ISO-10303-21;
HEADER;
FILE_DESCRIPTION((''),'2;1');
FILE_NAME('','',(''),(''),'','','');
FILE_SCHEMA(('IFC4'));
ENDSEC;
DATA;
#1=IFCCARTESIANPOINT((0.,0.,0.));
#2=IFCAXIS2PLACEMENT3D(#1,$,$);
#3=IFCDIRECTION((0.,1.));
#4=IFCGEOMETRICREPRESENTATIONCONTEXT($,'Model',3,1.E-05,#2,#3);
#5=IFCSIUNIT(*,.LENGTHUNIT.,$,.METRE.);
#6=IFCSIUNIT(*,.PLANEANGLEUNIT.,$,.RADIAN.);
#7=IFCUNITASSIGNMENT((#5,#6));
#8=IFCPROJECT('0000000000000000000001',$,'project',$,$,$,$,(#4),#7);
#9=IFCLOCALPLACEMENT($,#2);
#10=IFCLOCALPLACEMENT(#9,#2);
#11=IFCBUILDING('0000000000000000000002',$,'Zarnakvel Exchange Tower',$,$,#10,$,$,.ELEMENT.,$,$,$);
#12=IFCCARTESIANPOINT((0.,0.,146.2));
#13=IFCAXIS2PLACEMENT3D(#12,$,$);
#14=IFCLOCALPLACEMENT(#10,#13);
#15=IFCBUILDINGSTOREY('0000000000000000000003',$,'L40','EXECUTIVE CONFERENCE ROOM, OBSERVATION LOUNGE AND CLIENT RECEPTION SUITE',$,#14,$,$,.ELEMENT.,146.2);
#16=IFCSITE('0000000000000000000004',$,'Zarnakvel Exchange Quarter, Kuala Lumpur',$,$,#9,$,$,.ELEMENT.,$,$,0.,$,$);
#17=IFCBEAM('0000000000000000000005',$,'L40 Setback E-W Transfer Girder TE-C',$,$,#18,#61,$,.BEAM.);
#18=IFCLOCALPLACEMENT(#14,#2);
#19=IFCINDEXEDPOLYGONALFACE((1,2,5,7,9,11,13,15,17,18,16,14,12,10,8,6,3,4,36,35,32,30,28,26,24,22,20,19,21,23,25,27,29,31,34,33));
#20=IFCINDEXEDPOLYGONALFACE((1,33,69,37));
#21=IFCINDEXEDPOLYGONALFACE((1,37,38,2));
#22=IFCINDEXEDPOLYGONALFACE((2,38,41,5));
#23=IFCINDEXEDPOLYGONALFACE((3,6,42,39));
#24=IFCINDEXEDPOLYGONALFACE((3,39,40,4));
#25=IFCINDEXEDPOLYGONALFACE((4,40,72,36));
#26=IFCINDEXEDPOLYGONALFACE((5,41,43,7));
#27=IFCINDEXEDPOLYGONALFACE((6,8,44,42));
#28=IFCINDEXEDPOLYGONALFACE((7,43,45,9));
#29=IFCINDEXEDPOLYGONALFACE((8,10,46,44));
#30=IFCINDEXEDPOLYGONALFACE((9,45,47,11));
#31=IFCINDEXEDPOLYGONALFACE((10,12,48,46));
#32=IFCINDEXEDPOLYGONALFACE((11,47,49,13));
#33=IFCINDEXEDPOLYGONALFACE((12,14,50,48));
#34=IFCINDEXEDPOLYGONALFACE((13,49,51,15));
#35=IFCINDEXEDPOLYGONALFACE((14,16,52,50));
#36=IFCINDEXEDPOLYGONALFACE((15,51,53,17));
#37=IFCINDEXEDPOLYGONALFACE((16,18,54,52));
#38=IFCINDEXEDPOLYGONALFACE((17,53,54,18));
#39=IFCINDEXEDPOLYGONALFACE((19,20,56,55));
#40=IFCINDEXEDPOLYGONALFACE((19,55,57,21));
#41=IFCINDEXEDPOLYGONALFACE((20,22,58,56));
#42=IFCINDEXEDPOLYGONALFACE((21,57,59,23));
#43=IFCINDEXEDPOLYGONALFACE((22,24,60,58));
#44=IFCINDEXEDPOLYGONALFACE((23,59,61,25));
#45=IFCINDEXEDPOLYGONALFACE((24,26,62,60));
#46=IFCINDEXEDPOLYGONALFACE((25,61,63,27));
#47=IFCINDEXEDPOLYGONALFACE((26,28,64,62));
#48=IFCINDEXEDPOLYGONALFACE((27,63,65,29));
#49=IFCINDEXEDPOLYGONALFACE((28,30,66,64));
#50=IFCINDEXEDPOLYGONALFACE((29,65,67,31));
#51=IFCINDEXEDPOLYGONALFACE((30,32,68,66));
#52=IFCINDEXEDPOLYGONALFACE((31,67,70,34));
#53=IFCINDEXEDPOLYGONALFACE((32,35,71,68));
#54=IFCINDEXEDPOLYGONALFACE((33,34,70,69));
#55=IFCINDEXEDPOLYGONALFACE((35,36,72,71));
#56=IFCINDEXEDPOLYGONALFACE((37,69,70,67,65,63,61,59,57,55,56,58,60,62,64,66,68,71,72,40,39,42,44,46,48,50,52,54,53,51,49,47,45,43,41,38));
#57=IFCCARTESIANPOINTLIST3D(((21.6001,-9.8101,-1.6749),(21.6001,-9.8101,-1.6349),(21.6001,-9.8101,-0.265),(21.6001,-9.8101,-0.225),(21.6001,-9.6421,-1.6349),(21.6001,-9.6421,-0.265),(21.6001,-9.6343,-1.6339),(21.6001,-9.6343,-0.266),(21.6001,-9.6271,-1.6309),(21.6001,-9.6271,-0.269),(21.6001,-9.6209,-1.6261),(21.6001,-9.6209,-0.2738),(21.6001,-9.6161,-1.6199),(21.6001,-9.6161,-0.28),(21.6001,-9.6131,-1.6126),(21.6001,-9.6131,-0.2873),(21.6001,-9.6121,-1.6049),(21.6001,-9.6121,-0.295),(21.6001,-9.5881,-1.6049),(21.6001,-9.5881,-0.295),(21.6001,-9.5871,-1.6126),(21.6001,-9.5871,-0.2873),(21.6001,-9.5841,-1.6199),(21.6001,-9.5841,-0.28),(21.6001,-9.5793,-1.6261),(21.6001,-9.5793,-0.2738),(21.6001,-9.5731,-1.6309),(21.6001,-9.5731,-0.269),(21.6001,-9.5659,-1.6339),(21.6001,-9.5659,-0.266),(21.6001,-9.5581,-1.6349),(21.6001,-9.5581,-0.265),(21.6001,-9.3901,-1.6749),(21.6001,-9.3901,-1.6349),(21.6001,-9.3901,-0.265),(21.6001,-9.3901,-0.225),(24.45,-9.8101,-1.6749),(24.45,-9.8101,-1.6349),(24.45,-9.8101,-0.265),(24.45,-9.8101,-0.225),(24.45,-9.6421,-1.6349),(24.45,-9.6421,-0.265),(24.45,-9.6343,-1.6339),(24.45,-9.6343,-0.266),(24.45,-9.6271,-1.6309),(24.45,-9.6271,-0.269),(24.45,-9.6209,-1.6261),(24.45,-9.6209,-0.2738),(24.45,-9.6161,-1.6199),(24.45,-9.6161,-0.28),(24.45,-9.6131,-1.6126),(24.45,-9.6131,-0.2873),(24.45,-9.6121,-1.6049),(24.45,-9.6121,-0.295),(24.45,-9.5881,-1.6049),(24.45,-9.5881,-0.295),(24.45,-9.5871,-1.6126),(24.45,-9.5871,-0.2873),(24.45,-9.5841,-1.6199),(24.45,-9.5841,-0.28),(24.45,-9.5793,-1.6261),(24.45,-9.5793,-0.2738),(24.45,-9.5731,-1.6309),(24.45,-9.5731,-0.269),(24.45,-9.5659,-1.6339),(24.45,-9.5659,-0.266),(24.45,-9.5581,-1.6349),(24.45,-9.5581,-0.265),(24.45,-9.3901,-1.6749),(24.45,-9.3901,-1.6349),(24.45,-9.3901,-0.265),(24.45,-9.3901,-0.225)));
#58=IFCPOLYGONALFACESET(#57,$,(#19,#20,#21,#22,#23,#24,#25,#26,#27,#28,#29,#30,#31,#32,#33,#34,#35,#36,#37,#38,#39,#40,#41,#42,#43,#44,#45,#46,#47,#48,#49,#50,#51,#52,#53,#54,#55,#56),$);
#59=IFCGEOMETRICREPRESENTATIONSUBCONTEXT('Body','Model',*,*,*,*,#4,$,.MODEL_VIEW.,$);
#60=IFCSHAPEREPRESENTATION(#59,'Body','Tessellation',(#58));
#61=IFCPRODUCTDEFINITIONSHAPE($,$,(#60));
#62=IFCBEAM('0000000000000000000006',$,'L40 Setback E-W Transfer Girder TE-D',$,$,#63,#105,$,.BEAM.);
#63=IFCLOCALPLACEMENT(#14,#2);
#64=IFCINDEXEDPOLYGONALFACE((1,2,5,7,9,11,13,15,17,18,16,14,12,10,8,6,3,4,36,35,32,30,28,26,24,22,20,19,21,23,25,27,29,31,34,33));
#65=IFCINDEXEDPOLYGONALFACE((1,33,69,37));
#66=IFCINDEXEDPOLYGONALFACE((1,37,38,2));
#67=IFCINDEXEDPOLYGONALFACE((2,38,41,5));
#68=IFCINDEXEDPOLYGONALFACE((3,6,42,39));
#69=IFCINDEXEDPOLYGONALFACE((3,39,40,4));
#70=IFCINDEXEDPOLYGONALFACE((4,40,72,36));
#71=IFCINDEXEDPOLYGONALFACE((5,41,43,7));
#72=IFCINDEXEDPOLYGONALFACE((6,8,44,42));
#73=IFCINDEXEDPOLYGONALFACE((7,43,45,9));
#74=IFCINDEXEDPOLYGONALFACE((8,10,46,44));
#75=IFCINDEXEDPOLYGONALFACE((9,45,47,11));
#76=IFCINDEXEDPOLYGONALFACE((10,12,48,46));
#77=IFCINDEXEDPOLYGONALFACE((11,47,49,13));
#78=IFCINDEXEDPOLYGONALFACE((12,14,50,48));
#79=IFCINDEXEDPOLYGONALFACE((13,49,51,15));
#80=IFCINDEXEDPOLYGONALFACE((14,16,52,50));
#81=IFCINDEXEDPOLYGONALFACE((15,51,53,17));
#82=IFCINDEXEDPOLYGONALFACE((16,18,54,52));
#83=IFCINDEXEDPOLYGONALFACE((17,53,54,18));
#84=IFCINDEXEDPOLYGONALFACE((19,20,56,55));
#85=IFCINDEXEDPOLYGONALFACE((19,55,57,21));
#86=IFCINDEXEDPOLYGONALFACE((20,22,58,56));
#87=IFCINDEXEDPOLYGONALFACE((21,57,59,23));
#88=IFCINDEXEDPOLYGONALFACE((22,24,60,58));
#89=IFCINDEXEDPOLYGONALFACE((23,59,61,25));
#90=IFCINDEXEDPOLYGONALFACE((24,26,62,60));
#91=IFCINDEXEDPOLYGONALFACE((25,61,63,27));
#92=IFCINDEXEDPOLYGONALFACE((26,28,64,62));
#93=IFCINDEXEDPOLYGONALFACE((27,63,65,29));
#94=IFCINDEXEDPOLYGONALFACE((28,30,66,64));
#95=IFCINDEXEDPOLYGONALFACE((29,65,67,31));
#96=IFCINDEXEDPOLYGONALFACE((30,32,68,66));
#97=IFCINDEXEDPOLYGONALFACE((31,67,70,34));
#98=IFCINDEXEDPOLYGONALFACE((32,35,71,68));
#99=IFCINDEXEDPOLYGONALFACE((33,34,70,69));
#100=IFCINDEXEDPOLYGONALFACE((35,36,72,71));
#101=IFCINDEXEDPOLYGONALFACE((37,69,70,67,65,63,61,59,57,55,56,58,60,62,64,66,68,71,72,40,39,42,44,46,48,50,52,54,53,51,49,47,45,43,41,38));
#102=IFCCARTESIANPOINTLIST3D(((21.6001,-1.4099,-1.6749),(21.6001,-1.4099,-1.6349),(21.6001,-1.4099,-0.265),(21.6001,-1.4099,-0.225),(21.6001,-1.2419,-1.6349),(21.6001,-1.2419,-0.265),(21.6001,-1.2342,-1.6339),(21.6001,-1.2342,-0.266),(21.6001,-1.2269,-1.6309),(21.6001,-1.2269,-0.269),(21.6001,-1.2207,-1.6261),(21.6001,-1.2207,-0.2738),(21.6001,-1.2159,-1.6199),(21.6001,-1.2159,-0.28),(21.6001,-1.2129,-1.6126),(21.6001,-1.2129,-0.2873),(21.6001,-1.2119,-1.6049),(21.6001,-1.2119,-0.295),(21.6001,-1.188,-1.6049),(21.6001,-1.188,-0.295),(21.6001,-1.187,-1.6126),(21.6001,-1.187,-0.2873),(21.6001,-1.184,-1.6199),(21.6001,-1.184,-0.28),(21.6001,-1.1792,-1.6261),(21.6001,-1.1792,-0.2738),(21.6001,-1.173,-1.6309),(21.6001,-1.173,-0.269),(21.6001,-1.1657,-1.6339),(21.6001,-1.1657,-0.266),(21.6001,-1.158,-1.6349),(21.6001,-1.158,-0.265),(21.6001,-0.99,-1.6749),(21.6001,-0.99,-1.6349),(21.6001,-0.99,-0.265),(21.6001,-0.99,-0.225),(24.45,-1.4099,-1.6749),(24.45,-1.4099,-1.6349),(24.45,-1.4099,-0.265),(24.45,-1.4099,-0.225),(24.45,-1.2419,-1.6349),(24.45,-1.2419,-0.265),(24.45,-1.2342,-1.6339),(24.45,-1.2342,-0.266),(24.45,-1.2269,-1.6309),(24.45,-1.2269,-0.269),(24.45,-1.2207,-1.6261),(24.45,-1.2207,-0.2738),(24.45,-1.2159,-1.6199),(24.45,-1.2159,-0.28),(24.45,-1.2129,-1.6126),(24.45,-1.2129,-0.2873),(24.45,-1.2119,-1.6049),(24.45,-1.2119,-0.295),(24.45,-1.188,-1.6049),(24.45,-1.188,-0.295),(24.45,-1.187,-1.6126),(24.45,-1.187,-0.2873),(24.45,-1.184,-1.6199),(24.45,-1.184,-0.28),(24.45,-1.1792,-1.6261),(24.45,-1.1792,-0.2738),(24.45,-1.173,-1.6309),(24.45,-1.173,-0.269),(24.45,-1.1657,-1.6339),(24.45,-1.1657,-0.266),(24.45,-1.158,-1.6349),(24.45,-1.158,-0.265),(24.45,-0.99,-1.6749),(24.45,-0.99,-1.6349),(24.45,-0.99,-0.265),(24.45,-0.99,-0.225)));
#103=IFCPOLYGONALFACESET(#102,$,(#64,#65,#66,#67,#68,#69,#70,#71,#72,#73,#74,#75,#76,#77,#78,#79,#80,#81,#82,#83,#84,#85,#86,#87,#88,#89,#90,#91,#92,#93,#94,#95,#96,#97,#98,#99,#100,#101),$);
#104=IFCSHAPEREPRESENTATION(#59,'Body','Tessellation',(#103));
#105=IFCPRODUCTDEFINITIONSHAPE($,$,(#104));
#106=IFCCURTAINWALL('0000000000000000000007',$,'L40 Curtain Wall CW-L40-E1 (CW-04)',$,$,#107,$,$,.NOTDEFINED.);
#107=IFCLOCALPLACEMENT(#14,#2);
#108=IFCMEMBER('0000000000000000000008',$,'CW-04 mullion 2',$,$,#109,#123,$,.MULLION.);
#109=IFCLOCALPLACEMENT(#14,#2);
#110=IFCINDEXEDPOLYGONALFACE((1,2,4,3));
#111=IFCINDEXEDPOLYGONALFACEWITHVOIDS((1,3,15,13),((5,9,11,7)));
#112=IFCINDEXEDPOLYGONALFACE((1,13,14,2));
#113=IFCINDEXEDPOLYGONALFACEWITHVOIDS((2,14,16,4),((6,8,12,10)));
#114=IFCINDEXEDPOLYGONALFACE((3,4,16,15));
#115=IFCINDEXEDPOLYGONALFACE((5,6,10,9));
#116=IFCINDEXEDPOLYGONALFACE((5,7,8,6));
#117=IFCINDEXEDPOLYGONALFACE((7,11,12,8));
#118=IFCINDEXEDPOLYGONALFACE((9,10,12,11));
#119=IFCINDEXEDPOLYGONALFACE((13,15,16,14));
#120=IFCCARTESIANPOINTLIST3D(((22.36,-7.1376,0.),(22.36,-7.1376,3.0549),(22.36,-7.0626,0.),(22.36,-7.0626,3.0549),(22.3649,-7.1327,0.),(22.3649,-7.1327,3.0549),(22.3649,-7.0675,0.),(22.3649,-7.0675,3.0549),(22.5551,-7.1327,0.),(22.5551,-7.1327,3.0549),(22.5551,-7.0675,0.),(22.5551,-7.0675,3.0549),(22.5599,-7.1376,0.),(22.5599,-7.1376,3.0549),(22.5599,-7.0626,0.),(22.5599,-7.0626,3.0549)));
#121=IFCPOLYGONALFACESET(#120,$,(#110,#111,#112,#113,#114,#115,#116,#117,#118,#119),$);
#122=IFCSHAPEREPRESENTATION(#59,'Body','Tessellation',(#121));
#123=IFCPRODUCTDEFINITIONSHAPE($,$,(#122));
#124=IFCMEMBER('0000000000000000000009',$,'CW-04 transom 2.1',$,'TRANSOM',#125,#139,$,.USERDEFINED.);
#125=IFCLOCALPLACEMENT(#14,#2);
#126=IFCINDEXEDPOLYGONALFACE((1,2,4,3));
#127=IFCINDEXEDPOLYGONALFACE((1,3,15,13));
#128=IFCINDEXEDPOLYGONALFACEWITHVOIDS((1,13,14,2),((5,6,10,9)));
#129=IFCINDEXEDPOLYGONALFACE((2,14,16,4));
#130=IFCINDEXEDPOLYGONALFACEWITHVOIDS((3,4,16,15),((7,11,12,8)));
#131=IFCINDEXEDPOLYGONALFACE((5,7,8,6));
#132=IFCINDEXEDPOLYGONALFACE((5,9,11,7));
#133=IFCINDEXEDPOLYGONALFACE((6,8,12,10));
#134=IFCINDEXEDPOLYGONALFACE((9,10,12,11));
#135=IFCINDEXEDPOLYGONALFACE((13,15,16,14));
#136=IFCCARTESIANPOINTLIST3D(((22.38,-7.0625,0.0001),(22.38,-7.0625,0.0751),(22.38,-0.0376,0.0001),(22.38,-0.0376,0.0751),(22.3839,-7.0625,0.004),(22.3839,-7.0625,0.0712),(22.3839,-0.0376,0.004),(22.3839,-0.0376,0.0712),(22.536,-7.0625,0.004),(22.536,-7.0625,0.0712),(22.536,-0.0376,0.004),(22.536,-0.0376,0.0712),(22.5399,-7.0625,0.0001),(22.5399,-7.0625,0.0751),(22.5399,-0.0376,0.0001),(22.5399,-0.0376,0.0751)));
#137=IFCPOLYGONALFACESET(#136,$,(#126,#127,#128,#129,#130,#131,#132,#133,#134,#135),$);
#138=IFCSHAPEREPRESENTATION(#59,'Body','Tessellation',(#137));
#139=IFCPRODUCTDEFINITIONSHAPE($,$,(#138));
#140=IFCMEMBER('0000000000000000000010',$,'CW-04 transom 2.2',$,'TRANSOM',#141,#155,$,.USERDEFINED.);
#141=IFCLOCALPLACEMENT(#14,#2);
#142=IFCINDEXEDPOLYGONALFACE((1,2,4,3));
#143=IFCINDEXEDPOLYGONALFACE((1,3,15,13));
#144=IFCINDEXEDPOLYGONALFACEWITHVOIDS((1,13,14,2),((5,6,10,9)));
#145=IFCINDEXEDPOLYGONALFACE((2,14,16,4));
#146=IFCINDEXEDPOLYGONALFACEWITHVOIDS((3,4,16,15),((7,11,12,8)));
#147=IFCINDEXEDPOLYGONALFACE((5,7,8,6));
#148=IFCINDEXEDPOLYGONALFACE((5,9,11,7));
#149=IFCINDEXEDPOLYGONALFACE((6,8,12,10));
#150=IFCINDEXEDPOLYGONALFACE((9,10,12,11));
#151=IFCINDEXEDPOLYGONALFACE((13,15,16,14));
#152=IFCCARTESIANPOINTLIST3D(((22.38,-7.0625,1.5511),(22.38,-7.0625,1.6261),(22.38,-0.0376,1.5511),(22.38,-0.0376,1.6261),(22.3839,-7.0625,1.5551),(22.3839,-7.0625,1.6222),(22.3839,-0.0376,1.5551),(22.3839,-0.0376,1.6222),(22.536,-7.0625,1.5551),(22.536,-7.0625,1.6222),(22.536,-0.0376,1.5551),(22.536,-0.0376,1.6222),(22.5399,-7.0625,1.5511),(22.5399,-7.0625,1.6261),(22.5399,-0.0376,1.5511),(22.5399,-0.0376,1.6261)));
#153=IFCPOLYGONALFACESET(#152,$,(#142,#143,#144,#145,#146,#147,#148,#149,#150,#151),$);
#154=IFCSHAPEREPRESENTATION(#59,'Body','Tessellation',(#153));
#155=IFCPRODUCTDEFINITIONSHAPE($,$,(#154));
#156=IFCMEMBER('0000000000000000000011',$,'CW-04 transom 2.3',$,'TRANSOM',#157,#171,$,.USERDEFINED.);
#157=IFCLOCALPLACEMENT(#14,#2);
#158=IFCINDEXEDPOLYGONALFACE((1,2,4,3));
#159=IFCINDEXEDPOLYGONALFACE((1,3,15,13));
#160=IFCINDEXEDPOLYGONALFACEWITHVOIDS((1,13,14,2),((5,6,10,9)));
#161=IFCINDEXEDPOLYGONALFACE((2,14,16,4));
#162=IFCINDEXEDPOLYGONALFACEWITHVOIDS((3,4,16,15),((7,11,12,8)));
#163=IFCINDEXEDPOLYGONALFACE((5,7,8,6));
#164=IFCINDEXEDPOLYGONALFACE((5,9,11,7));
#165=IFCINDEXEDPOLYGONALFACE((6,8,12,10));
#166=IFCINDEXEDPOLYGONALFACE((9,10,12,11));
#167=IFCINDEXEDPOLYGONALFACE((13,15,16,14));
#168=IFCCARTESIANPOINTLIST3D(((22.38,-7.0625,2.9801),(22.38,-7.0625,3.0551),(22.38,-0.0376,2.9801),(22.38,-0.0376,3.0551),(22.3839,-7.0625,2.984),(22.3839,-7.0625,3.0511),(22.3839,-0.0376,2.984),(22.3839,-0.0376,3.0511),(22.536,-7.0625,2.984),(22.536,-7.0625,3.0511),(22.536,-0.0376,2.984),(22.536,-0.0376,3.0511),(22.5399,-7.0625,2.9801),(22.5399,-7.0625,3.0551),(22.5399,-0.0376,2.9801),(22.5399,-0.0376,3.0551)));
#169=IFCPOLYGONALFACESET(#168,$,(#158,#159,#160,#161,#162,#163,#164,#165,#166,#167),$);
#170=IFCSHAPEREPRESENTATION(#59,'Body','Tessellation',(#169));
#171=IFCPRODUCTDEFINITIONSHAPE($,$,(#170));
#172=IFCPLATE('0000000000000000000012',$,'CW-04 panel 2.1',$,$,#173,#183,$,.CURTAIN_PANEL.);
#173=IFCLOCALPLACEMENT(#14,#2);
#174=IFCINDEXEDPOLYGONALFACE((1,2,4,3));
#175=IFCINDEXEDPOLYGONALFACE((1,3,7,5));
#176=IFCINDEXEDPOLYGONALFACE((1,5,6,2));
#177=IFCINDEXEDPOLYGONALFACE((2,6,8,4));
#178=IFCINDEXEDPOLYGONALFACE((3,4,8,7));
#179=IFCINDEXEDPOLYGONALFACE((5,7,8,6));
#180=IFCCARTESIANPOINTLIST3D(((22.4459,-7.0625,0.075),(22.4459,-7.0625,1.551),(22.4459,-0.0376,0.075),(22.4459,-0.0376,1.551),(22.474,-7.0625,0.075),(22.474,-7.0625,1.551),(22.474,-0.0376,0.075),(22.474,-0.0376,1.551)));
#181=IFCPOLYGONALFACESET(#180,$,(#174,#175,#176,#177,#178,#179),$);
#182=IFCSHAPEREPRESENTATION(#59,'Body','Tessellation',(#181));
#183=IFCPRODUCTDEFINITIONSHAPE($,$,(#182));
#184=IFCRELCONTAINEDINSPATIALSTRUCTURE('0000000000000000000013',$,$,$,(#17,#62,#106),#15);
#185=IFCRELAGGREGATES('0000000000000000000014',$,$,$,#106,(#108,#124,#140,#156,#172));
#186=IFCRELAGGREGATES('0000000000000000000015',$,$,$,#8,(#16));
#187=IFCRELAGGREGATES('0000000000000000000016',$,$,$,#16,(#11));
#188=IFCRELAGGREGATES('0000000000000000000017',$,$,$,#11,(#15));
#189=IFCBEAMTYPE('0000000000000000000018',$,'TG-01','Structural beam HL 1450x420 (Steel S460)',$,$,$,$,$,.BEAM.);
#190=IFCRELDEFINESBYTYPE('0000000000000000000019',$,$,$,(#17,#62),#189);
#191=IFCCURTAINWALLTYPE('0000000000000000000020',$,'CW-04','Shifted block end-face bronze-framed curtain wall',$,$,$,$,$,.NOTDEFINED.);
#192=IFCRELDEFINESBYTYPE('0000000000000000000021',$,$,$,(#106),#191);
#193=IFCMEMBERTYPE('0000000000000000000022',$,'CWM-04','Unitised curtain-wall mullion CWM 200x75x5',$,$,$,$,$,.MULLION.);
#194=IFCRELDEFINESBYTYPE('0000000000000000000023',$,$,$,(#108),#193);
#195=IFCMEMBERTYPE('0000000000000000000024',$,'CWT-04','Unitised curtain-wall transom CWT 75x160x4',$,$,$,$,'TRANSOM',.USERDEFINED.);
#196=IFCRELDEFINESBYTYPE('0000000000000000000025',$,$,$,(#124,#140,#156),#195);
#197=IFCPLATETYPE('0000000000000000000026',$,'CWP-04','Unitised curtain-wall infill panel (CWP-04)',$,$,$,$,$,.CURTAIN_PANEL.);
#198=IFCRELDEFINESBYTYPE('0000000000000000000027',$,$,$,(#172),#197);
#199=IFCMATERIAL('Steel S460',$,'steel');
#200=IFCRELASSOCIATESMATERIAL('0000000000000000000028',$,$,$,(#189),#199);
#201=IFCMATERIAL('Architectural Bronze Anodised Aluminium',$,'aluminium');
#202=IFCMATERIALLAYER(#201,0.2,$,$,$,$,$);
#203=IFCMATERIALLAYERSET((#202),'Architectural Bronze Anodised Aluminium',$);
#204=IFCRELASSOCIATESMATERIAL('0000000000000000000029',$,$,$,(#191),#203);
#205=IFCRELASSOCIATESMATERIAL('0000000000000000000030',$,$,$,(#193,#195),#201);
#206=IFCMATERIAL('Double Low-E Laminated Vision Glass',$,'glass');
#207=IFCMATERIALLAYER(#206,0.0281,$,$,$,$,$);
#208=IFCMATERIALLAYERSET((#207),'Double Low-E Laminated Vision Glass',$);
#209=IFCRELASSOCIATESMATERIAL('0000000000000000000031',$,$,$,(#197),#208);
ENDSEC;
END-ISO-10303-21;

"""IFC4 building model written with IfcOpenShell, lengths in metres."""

from ifc_helpers import new_model, si_unit, direction, frame, origin, origin_2d, place, context, subcontext, project, spatial, rectangle, hollow_rectangle, i_section, extrude, source, transform, mapped, material, layer, layer_set, material_profile, profile_set, type_object, element, aggregate, save


model = new_model("IFC4")

# Units and contexts
model_context = context("Model", 3, precision=1e-05, world=origin(), true_north=direction((0.0, 1.0)))
body_context = subcontext(model_context, "Body", "Model", "MODEL_VIEW")
ifc_project = project(units=[si_unit("LENGTHUNIT", "METRE"), si_unit("PLANEANGLEUNIT", "RADIAN")], contexts=[model_context])

# Site, building, storey
site_placement = place(None, origin())
site = spatial("IfcSite", under=ifc_project, at=site_placement, Name="Zarnakvel Exchange Quarter, Kuala Lumpur", CompositionType="ELEMENT", RefElevation=0.0)
building_placement = place(site_placement, origin())
building = spatial("IfcBuilding", under=site, at=building_placement, Name="Zarnakvel Exchange Tower", CompositionType="ELEMENT")
storey_placement = place(building_placement, frame((0.0, 0.0, 146.2)))
storey = spatial("IfcBuildingStorey", under=building, at=storey_placement, Name="L40", Description="EXECUTIVE CONFERENCE ROOM, OBSERVATION LOUNGE AND CLIENT RECEPTION SUITE", CompositionType="ELEMENT", Elevation=146.2)

# Beams
ifc_material_1 = material(Name="Steel S460", Category="steel")
ifc_material_profile_1 = material_profile(ifc_material_1, i_section(OverallWidth=0.4199, OverallDepth=1.45, WebThickness=0.0239, FlangeThickness=0.04, FilletRadius=0.03, at=origin_2d()))
ifc_profile_set_1 = profile_set([ifc_material_profile_1], Name="Steel S460")
beam_type_1 = type_object("IfcBeamType", Name="TG-01", Description="Structural beam HL 1450x420 (Steel S460)", PredefinedType="BEAM", material=ifc_profile_set_1)
for number, where, z_axis, x_axis, name in (
    (1, (21.6001, -9.6001, -0.95), (1.0, 0.0, 0.0), (0.0, 1.0, 0.0), "L40 Setback E-W Transfer Girder TE-C"),
    (2, (21.6001, -1.2, -0.95), (1.0, 0.0, 0.0), (0.0, 1.0, 0.0), "L40 Setback E-W Transfer Girder TE-D"),
):
    element("IfcBeam", number, at=place(storey_placement, frame(where, z_axis=z_axis, x_axis=x_axis)), inside=storey, type_object=beam_type_1, Name=name, PredefinedType="BEAM", context=body_context, shape_type="SweptSolid", body=[
        extrude(i_section(OverallWidth=0.4199, OverallDepth=1.45, WebThickness=0.0239, FlangeThickness=0.04, FilletRadius=0.03, at=origin_2d()), origin(), (0.0, 0.0, 1.0), 2.8499),
    ])

# Curtain wall, members, plate
ifc_material_2 = material(Name="Architectural Bronze Anodised Aluminium", Category="aluminium")
ifc_layer_1 = layer(ifc_material_2, 0.2)
ifc_layer_set_1 = layer_set([ifc_layer_1], Name="Architectural Bronze Anodised Aluminium")
curtain_wall_type = type_object("IfcCurtainWallType", Name="CW-04", Description="Shifted block end-face bronze-framed curtain wall", PredefinedType="NOTDEFINED", material=ifc_layer_set_1)
curtain_wall_placement = place(storey_placement, origin())
curtain_wall = element("IfcCurtainWall", 3, at=curtain_wall_placement, inside=storey, type_object=curtain_wall_type, Name="L40 Curtain Wall CW-L40-E1 (CW-04)", PredefinedType="NOTDEFINED")
ifc_material_profile_2 = material_profile(ifc_material_2, hollow_rectangle(XDim=0.2, YDim=0.075, WallThickness=0.0049, at=origin_2d()))
ifc_profile_set_2 = profile_set([ifc_material_profile_2], Name="Architectural Bronze Anodised Aluminium")
member_type_1 = type_object("IfcMemberType", Name="CWM-04", Description="Unitised curtain-wall mullion CWM 200x75x5", PredefinedType="MULLION", material=ifc_profile_set_2)
shared_shape_1 = source(origin(), body_context, "Body", "SweptSolid", [
    extrude(hollow_rectangle(XDim=0.2, YDim=0.075, WallThickness=0.0049, at=origin_2d()), origin(), (0.0, 0.0, 1.0), 3.0549),
])
member_1_placement = place(storey_placement, frame((22.46, -7.1001, 0.0), z_axis=(0.0, 0.0, 1.0), x_axis=(-1.0, 0.0, 0.0)))
member_1 = element("IfcMember", 4, at=member_1_placement, type_object=member_type_1, Name="CW-04 mullion 2", PredefinedType="MULLION", context=body_context, shape_type="MappedRepresentation", body=[
    mapped(shared_shape_1, transform((0.0, 0.0, 0.0), x_axis=(1.0, 0.0, 0.0), y_axis=(0.0, 1.0, 0.0), z_axis=(0.0, 0.0, 1.0), scale=1.0)),
])
ifc_material_profile_3 = material_profile(ifc_material_2, hollow_rectangle(XDim=0.1599, YDim=0.075, WallThickness=0.0039, at=origin_2d()))
ifc_profile_set_3 = profile_set([ifc_material_profile_3], Name="Architectural Bronze Anodised Aluminium")
member_type_2 = type_object("IfcMemberType", Name="CWT-04", Description="Unitised curtain-wall transom CWT 75x160x4", ElementType="TRANSOM", PredefinedType="USERDEFINED", material=ifc_profile_set_3)
shared_shape_2 = source(origin(), body_context, "Body", "SweptSolid", [
    extrude(hollow_rectangle(XDim=0.1599, YDim=0.075, WallThickness=0.0039, at=origin_2d()), origin(), (0.0, 0.0, 1.0), 7.0249),
])
member_2_placement = place(storey_placement, frame((22.46, -7.0625, 0.0376), z_axis=(0.0, 1.0, 0.0), x_axis=(-1.0, 0.0, 0.0)))
member_2 = element("IfcMember", 5, at=member_2_placement, type_object=member_type_2, Name="CW-04 transom 2.1", ObjectType="TRANSOM", PredefinedType="USERDEFINED", context=body_context, shape_type="MappedRepresentation", body=[
    mapped(shared_shape_2, transform((0.0, 0.0, 0.0), x_axis=(1.0, 0.0, 0.0), y_axis=(0.0, 1.0, 0.0), z_axis=(0.0, 0.0, 1.0), scale=1.0)),
])
member_3_placement = place(storey_placement, frame((22.46, -7.0625, 1.5886), z_axis=(0.0, 1.0, 0.0), x_axis=(-1.0, 0.0, 0.0)))
member_3 = element("IfcMember", 6, at=member_3_placement, type_object=member_type_2, Name="CW-04 transom 2.2", ObjectType="TRANSOM", PredefinedType="USERDEFINED", context=body_context, shape_type="MappedRepresentation", body=[
    mapped(shared_shape_2, transform((0.0, 0.0, 0.0), x_axis=(1.0, 0.0, 0.0), y_axis=(0.0, 1.0, 0.0), z_axis=(0.0, 0.0, 1.0), scale=1.0)),
])
member_4_placement = place(storey_placement, frame((22.46, -7.0625, 3.0176), z_axis=(0.0, 1.0, 0.0), x_axis=(-1.0, 0.0, 0.0)))
member_4 = element("IfcMember", 7, at=member_4_placement, type_object=member_type_2, Name="CW-04 transom 2.3", ObjectType="TRANSOM", PredefinedType="USERDEFINED", context=body_context, shape_type="MappedRepresentation", body=[
    mapped(shared_shape_2, transform((0.0, 0.0, 0.0), x_axis=(1.0, 0.0, 0.0), y_axis=(0.0, 1.0, 0.0), z_axis=(0.0, 0.0, 1.0), scale=1.0)),
])
ifc_material_3 = material(Name="Double Low-E Laminated Vision Glass", Category="glass")
ifc_layer_2 = layer(ifc_material_3, 0.0281)
ifc_layer_set_2 = layer_set([ifc_layer_2], Name="Double Low-E Laminated Vision Glass")
plate_type = type_object("IfcPlateType", Name="CWP-04", Description="Unitised curtain-wall infill panel (CWP-04)", PredefinedType="CURTAIN_PANEL", material=ifc_layer_set_2)
shared_shape_3 = source(origin(), body_context, "Body", "SweptSolid", [
    extrude(rectangle(XDim=7.0249, YDim=0.0281, at=origin_2d()), origin(), (0.0, 0.0, 1.0), 1.4761),
])
plate_1_placement = place(storey_placement, frame((22.46, -3.55, 0.075), z_axis=(0.0, 0.0, 1.0), x_axis=(0.0, 1.0, 0.0)))
plate_1 = element("IfcPlate", 8, at=plate_1_placement, type_object=plate_type, Name="CW-04 panel 2.1", PredefinedType="CURTAIN_PANEL", context=body_context, shape_type="MappedRepresentation", body=[
    mapped(shared_shape_3, transform((0.0, 0.0, 0.0), x_axis=(1.0, 0.0, 0.0), y_axis=(0.0, 1.0, 0.0), z_axis=(0.0, 0.0, 1.0), scale=1.0)),
])
aggregate(curtain_wall, [member_1, member_2, member_3, member_4, plate_1])

save(model, "model.ifc")
